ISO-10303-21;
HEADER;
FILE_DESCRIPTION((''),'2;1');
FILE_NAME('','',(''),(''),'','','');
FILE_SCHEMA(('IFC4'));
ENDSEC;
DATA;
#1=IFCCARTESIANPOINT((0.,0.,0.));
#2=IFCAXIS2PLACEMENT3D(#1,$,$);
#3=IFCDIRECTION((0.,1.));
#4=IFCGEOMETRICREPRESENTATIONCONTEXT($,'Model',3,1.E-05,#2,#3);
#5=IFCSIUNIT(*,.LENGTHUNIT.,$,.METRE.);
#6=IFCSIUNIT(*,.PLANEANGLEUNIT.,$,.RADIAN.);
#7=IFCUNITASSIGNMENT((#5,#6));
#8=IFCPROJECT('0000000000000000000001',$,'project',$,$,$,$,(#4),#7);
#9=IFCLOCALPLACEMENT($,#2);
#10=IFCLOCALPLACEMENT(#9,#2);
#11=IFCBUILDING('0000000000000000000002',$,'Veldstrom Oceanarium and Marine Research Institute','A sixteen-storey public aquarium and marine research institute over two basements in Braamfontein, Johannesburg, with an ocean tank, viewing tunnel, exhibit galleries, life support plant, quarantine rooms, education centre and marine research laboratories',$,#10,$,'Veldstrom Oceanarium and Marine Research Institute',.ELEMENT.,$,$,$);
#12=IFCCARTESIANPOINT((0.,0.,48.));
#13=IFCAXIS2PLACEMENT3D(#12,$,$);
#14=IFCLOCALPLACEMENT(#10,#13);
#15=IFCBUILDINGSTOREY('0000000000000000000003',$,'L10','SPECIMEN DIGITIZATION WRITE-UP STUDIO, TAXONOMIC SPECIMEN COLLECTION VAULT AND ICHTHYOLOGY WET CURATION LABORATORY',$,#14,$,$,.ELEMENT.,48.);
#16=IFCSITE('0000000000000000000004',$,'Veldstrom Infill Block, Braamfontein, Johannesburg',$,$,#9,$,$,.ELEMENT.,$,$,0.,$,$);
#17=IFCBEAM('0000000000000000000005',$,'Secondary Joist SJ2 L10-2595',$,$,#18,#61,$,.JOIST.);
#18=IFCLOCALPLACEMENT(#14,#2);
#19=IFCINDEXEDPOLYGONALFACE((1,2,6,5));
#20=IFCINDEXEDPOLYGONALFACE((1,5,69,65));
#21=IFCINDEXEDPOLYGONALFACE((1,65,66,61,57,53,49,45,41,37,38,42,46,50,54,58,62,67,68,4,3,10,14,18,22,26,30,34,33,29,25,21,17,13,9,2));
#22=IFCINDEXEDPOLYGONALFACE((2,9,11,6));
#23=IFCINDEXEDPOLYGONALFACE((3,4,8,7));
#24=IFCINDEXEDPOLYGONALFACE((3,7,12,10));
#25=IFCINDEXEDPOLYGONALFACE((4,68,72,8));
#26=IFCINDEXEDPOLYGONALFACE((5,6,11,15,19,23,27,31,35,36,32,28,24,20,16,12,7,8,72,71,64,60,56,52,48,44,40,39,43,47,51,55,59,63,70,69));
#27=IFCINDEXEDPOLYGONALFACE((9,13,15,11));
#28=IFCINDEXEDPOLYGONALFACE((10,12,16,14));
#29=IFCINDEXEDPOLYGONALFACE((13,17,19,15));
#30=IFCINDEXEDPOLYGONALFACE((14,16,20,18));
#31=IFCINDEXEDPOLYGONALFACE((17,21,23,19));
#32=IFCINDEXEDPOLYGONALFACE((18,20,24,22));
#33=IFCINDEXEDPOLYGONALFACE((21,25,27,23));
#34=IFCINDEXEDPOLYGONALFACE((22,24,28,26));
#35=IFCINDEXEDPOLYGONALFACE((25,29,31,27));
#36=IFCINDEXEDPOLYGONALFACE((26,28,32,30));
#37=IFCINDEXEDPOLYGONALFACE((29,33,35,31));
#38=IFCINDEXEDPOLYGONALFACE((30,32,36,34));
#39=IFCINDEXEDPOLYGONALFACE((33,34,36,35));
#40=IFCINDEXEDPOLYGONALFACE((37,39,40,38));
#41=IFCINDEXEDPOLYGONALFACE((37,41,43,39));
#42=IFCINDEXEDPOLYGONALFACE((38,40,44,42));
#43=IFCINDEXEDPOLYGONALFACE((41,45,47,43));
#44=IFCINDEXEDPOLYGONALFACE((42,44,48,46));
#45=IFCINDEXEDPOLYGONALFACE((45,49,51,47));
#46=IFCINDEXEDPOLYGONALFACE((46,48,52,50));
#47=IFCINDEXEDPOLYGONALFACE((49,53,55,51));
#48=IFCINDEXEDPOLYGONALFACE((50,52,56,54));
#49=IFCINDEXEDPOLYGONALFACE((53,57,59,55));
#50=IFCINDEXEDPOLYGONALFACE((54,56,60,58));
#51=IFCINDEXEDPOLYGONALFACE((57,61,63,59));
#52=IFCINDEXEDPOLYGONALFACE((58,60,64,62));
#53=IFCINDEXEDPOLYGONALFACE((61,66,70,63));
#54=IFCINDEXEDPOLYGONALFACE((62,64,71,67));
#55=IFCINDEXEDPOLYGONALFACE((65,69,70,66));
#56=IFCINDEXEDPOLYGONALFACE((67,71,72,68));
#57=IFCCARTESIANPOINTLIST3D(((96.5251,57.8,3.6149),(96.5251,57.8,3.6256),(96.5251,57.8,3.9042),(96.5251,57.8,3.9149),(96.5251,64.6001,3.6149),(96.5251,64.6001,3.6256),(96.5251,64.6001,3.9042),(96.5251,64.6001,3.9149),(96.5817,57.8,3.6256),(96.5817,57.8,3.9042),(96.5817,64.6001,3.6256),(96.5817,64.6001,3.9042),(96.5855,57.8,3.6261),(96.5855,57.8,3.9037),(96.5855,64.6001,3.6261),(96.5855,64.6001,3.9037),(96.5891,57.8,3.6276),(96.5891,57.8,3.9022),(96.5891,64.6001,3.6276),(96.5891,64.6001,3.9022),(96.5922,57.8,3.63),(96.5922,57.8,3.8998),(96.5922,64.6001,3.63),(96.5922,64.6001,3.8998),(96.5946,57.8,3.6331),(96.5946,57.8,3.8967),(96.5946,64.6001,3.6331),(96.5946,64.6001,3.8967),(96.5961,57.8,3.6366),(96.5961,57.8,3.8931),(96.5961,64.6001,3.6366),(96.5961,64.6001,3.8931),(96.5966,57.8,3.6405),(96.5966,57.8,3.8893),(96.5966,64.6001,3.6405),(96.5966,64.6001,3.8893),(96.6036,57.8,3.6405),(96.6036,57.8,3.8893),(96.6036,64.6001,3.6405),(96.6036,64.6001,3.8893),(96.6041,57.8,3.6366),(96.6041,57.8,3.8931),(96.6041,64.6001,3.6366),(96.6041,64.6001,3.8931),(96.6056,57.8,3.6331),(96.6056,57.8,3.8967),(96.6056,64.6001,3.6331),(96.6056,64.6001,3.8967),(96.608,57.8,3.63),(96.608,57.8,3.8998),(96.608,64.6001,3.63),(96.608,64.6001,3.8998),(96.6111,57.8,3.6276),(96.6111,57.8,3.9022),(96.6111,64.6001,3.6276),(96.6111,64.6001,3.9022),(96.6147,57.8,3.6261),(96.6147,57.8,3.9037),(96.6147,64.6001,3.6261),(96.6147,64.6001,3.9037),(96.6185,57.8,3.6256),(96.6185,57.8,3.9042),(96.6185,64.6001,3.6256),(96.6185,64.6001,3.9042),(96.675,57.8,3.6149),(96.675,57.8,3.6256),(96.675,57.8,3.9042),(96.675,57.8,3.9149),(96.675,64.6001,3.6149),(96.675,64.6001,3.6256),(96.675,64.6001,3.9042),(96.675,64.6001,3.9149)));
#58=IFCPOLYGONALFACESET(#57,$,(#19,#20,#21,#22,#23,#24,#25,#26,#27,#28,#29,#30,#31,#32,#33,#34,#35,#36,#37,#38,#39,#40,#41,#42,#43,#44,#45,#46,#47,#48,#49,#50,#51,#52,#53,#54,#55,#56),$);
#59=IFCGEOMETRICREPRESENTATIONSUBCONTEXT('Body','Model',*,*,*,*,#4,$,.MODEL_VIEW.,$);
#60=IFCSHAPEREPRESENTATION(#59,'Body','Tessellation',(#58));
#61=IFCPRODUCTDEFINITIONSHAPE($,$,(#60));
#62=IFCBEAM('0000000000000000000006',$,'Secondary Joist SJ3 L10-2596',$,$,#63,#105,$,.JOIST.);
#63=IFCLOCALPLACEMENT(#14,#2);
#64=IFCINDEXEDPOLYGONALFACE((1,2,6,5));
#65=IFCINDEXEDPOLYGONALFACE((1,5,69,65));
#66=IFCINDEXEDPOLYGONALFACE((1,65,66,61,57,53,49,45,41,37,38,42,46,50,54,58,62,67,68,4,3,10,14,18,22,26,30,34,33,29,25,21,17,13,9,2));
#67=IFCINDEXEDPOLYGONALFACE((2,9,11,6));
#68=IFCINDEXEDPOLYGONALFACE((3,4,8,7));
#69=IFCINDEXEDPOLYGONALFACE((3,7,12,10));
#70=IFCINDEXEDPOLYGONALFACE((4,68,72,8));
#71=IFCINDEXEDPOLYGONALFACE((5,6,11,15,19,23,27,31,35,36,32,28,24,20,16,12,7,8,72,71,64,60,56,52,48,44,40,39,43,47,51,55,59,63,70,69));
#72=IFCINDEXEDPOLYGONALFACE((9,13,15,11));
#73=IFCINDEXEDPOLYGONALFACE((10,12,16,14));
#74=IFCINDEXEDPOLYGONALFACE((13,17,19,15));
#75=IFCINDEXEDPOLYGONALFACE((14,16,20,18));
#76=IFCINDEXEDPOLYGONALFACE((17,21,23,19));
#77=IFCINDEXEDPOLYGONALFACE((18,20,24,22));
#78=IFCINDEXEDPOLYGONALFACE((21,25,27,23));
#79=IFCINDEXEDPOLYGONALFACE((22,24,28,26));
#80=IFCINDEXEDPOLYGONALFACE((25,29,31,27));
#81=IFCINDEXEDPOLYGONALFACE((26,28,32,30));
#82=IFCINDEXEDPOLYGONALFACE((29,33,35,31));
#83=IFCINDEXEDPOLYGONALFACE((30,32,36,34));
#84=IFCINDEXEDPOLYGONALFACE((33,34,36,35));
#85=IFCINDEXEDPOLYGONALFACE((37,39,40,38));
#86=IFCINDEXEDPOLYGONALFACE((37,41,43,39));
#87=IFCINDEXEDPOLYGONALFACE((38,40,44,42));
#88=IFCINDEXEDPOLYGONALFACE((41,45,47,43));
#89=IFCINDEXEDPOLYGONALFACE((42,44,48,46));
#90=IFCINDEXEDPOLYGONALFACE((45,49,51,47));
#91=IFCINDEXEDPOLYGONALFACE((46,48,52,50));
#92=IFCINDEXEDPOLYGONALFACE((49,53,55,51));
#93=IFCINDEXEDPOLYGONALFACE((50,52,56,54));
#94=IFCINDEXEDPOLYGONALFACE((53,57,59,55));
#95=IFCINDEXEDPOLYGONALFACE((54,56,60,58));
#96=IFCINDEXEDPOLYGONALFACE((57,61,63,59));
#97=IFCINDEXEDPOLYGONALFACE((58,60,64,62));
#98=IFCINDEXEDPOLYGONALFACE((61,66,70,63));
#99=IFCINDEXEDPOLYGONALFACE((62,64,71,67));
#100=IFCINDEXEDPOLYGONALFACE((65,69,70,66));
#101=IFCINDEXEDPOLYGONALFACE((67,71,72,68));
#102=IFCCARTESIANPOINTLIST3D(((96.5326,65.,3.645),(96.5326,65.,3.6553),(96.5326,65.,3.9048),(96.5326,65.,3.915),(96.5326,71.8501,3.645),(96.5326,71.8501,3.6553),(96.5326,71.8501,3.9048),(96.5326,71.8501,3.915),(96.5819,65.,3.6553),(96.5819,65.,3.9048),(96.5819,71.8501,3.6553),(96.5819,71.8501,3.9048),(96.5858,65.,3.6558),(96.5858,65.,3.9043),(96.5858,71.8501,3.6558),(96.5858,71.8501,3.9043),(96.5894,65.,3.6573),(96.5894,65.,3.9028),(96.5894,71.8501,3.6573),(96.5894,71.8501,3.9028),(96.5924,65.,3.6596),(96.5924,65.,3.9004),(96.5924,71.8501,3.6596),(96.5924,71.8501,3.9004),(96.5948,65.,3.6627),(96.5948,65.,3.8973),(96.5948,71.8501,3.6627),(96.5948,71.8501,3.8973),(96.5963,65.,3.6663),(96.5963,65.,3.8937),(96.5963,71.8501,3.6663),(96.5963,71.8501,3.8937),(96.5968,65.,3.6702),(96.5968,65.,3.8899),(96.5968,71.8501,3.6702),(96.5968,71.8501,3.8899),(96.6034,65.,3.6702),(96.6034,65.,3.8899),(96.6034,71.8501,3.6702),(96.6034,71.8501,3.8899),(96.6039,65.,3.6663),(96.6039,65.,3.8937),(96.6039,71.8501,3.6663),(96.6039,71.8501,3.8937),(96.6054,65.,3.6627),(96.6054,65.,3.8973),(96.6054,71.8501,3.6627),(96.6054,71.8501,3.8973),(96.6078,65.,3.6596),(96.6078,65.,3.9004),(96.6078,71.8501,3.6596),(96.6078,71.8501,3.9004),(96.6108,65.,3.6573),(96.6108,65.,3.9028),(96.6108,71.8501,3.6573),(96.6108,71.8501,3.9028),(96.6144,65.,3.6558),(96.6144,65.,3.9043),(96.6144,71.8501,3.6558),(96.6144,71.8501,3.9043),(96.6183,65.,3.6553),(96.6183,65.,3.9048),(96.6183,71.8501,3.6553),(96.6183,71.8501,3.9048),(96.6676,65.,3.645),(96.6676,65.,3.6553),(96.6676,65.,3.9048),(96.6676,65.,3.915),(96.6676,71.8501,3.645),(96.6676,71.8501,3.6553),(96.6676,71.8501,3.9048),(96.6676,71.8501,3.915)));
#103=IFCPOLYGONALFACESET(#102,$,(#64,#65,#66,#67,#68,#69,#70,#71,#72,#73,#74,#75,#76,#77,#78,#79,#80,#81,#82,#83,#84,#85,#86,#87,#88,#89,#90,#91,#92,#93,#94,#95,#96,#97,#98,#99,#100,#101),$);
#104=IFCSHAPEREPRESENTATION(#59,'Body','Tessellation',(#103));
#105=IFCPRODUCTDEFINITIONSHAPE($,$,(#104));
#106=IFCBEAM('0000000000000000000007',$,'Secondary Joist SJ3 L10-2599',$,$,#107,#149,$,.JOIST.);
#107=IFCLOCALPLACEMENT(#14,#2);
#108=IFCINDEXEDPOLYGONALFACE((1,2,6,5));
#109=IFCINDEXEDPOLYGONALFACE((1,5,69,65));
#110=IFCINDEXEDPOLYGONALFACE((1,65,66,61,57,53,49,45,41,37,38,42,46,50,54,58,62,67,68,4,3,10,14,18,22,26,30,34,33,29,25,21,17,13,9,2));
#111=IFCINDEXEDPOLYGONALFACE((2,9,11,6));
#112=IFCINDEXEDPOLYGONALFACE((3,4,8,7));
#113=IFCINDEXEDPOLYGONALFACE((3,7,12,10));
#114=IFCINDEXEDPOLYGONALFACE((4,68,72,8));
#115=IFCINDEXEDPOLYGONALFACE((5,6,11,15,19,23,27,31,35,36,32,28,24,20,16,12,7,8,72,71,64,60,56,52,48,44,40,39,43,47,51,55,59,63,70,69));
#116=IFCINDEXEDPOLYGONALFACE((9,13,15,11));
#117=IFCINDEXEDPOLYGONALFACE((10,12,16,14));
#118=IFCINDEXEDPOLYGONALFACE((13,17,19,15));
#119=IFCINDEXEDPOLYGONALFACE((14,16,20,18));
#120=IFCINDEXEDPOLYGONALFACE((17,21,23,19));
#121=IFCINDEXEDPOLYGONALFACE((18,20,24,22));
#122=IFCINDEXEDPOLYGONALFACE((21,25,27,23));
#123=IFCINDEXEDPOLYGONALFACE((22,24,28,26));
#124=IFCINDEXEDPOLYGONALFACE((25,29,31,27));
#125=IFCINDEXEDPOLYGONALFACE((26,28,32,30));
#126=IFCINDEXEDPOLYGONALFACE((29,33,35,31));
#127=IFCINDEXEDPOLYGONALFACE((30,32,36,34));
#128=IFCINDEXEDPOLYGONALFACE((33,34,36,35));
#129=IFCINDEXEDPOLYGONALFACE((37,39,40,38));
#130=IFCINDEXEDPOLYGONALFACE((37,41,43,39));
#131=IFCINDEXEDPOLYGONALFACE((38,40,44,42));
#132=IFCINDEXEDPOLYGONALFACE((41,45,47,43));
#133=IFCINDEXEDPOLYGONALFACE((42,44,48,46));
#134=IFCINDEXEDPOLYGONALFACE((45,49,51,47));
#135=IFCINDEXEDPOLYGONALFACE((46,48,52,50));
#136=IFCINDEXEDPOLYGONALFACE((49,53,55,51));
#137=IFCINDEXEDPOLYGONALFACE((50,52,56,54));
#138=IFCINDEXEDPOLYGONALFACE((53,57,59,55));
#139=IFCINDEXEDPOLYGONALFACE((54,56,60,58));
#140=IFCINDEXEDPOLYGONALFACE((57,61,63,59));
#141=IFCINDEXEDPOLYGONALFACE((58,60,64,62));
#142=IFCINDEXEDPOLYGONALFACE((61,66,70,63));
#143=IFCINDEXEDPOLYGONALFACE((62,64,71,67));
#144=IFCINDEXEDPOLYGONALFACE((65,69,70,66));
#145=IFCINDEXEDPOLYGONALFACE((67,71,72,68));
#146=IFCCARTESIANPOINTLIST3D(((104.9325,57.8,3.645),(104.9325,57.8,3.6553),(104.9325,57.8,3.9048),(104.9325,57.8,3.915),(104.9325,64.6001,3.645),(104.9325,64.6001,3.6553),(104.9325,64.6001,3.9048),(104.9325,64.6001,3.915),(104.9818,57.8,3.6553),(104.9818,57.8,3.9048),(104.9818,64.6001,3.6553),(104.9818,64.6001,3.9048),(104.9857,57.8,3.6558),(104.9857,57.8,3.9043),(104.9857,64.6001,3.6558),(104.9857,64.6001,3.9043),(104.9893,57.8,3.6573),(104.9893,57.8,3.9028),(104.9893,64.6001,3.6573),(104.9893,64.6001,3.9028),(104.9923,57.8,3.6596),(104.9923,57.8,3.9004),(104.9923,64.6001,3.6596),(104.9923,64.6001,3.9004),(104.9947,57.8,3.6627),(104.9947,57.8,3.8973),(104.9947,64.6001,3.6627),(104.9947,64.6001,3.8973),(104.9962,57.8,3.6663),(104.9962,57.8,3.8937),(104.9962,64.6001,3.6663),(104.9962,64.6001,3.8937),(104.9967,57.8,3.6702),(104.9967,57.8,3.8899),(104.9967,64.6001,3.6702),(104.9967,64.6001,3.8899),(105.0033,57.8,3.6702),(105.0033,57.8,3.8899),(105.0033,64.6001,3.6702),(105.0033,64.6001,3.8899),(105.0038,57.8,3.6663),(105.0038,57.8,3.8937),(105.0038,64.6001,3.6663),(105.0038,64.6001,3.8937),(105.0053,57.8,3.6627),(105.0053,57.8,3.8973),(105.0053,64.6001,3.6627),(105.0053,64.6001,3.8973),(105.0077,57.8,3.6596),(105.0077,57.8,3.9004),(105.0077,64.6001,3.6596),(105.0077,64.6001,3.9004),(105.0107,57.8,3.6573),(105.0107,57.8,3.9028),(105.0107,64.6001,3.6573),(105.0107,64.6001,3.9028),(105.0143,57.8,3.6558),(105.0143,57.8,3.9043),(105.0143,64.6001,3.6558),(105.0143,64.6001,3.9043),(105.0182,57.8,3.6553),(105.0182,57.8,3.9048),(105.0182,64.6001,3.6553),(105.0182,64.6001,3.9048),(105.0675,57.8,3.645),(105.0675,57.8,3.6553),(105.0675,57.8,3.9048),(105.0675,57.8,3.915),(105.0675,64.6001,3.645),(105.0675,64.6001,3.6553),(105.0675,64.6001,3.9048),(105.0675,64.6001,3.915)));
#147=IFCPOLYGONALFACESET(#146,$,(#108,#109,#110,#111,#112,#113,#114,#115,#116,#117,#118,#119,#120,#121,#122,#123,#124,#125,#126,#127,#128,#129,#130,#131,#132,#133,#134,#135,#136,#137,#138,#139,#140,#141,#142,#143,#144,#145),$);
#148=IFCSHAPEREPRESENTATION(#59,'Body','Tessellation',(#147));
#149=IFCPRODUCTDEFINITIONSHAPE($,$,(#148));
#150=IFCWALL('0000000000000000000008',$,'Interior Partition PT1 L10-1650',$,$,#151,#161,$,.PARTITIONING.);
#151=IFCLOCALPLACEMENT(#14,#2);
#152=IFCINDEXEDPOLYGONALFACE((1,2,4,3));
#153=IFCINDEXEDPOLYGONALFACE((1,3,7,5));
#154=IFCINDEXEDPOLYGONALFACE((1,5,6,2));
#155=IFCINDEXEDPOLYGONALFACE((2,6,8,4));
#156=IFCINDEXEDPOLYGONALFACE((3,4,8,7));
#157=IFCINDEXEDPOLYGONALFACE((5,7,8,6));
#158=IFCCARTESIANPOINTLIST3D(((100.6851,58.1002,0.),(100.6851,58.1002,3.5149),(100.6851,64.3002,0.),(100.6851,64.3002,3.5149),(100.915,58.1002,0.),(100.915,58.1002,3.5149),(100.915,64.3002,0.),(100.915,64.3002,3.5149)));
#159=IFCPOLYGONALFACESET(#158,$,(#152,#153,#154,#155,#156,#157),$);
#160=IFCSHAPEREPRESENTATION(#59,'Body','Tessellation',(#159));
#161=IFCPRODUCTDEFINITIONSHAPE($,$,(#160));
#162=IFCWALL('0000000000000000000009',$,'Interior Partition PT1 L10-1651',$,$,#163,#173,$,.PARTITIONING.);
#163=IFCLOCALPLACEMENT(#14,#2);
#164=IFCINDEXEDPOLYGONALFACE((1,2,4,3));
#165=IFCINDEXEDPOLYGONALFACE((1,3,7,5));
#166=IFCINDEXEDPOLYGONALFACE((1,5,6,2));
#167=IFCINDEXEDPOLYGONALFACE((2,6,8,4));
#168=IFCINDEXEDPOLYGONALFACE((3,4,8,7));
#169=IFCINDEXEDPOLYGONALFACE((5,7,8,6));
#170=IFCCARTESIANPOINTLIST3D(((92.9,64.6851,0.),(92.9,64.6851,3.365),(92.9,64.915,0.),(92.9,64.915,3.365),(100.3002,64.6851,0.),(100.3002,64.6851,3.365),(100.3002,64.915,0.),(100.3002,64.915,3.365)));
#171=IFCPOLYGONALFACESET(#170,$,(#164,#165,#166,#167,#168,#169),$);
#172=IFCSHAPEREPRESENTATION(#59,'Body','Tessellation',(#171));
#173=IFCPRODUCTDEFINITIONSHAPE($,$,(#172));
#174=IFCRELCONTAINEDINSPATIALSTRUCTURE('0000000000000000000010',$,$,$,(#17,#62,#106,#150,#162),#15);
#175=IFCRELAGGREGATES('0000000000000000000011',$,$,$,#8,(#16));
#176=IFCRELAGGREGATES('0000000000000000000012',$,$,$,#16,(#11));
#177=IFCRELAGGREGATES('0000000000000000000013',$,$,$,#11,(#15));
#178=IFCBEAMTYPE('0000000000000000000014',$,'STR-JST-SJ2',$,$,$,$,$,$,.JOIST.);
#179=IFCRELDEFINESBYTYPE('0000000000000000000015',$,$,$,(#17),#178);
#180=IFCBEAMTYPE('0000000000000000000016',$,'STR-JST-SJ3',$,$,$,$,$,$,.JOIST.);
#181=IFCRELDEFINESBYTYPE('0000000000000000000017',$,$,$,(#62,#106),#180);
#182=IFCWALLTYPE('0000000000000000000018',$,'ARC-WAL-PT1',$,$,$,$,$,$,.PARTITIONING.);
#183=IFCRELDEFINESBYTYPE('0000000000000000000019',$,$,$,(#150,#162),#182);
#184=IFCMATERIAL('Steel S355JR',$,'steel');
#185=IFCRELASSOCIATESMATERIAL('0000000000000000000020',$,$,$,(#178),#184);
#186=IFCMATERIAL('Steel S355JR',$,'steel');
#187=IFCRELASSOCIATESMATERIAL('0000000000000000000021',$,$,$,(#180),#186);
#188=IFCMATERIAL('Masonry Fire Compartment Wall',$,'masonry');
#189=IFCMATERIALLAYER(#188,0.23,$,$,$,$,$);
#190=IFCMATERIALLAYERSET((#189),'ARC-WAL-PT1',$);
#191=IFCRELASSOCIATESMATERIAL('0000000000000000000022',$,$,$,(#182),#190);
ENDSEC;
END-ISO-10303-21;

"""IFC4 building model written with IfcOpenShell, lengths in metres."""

from ifc_helpers import new_model, si_unit, direction, frame, frame_2d, origin, origin_2d, place, context, subcontext, project, spatial, rectangle, i_section, extrude, material, layer, layer_set, material_profile, profile_set, type_object, element, save


model = new_model("IFC4")

# Units and contexts
model_context = context("Model", 3, precision=1e-05, world=origin(), true_north=direction((0.0, 1.0)))
body_context = subcontext(model_context, "Body", "Model", "MODEL_VIEW")
ifc_project = project(units=[si_unit("LENGTHUNIT", "METRE"), si_unit("PLANEANGLEUNIT", "RADIAN")], contexts=[model_context])

# Site, building, storey
site_placement = place(None, origin())
site = spatial("IfcSite", under=ifc_project, at=site_placement, Name="Veldstrom Infill Block, Braamfontein, Johannesburg", CompositionType="ELEMENT", RefElevation=0.0)
building_placement = place(site_placement, origin())
building = spatial("IfcBuilding", under=site, at=building_placement, Name="Veldstrom Oceanarium and Marine Research Institute", Description="A sixteen-storey public aquarium and marine research institute over two basements in Braamfontein, Johannesburg, with an ocean tank, viewing tunnel, exhibit galleries, life support plant, quarantine rooms, education centre and marine research laboratories", LongName="Veldstrom Oceanarium and Marine Research Institute", CompositionType="ELEMENT")
storey_placement = place(building_placement, frame((0.0, 0.0, 48.0)))
storey = spatial("IfcBuildingStorey", under=building, at=storey_placement, Name="L10", Description="SPECIMEN DIGITIZATION WRITE-UP STUDIO, TAXONOMIC SPECIMEN COLLECTION VAULT AND ICHTHYOLOGY WET CURATION LABORATORY", CompositionType="ELEMENT", Elevation=48.0)

# Beams
ifc_material_1 = material(Name="Steel S355JR", Category="steel")
ifc_material_profile_1 = material_profile(ifc_material_1, i_section(OverallWidth=0.1499, OverallDepth=0.3, WebThickness=0.0071, FlangeThickness=0.0107, FilletRadius=0.0149, at=origin_2d()), Name="IPE 300")
ifc_profile_set_1 = profile_set([ifc_material_profile_1], Name="Steel S355JR")
beam_type_1 = type_object("IfcBeamType", Name="STR-JST-SJ2", PredefinedType="JOIST", material=ifc_profile_set_1)
beam_1_placement = place(storey_placement, frame((96.6001, 57.8, 3.7649), z_axis=(0.0, 1.0, 0.0), x_axis=(-1.0, 0.0, 0.0)))
element("IfcBeam", 1, at=beam_1_placement, inside=storey, type_object=beam_type_1, Name="Secondary Joist SJ2 L10-2595", PredefinedType="JOIST", context=body_context, shape_type="SweptSolid", body=[
    extrude(i_section(OverallWidth=0.1499, OverallDepth=0.3, WebThickness=0.0071, FlangeThickness=0.0107, FilletRadius=0.0149, at=origin_2d()), origin(), (0.0, 0.0, 1.0), 6.8),
])
ifc_material_2 = material(Name="Steel S355JR", Category="steel")
ifc_material_profile_2 = material_profile(ifc_material_2, i_section(OverallWidth=0.135, OverallDepth=0.27, WebThickness=0.0066, FlangeThickness=0.0103, FilletRadius=0.0149, at=origin_2d()), Name="IPE 270")
ifc_profile_set_2 = profile_set([ifc_material_profile_2], Name="Steel S355JR")
beam_type_2 = type_object("IfcBeamType", Name="STR-JST-SJ3", PredefinedType="JOIST", material=ifc_profile_set_2)
beam_2_placement = place(storey_placement, frame((96.6001, 65.0, 3.78), z_axis=(0.0, 1.0, 0.0), x_axis=(-1.0, 0.0, 0.0)))
element("IfcBeam", 2, at=beam_2_placement, inside=storey, type_object=beam_type_2, Name="Secondary Joist SJ3 L10-2596", PredefinedType="JOIST", context=body_context, shape_type="SweptSolid", body=[
    extrude(i_section(OverallWidth=0.135, OverallDepth=0.27, WebThickness=0.0066, FlangeThickness=0.0103, FilletRadius=0.0149, at=origin_2d()), origin(), (0.0, 0.0, 1.0), 6.8501),
])
beam_3_placement = place(storey_placement, frame((105.0, 57.8, 3.78), z_axis=(0.0, 1.0, 0.0), x_axis=(-1.0, 0.0, 0.0)))
element("IfcBeam", 3, at=beam_3_placement, inside=storey, type_object=beam_type_2, Name="Secondary Joist SJ3 L10-2599", PredefinedType="JOIST", context=body_context, shape_type="SweptSolid", body=[
    extrude(i_section(OverallWidth=0.135, OverallDepth=0.27, WebThickness=0.0066, FlangeThickness=0.0103, FilletRadius=0.0149, at=origin_2d()), origin(), (0.0, 0.0, 1.0), 6.8),
])

# Walls
ifc_material_3 = material(Name="Masonry Fire Compartment Wall", Category="masonry")
ifc_layer_1 = layer(ifc_material_3, 0.23)
ifc_layer_set_1 = layer_set([ifc_layer_1], Name="ARC-WAL-PT1")
wall_type_1 = type_object("IfcWallType", Name="ARC-WAL-PT1", PredefinedType="PARTITIONING", material=ifc_layer_set_1)
wall_1_placement = place(storey_placement, frame((100.8, 58.1001, 0.0), z_axis=(0.0, 0.0, 1.0), x_axis=(0.0, 1.0, 0.0)))
element("IfcWall", 4, at=wall_1_placement, inside=storey, type_object=wall_type_1, Name="Interior Partition PT1 L10-1650", PredefinedType="PARTITIONING", context=body_context, shape_type="SweptSolid", body=[
    extrude(rectangle(XDim=6.2, YDim=0.23, at=frame_2d((3.1001, 0.0))), origin(), (0.0, 0.0, 1.0), 3.5149),
])
wall_2_placement = place(storey_placement, frame((92.8999, 64.8, 0.0), z_axis=(0.0, 0.0, 1.0), x_axis=(1.0, 0.0, 0.0)))
element("IfcWall", 5, at=wall_2_placement, inside=storey, type_object=wall_type_1, Name="Interior Partition PT1 L10-1651", PredefinedType="PARTITIONING", context=body_context, shape_type="SweptSolid", body=[
    extrude(rectangle(XDim=7.4001, YDim=0.23, at=frame_2d((3.7002, 0.0))), origin(), (0.0, 0.0, 1.0), 3.365),
])

save(model, "model.ifc")
